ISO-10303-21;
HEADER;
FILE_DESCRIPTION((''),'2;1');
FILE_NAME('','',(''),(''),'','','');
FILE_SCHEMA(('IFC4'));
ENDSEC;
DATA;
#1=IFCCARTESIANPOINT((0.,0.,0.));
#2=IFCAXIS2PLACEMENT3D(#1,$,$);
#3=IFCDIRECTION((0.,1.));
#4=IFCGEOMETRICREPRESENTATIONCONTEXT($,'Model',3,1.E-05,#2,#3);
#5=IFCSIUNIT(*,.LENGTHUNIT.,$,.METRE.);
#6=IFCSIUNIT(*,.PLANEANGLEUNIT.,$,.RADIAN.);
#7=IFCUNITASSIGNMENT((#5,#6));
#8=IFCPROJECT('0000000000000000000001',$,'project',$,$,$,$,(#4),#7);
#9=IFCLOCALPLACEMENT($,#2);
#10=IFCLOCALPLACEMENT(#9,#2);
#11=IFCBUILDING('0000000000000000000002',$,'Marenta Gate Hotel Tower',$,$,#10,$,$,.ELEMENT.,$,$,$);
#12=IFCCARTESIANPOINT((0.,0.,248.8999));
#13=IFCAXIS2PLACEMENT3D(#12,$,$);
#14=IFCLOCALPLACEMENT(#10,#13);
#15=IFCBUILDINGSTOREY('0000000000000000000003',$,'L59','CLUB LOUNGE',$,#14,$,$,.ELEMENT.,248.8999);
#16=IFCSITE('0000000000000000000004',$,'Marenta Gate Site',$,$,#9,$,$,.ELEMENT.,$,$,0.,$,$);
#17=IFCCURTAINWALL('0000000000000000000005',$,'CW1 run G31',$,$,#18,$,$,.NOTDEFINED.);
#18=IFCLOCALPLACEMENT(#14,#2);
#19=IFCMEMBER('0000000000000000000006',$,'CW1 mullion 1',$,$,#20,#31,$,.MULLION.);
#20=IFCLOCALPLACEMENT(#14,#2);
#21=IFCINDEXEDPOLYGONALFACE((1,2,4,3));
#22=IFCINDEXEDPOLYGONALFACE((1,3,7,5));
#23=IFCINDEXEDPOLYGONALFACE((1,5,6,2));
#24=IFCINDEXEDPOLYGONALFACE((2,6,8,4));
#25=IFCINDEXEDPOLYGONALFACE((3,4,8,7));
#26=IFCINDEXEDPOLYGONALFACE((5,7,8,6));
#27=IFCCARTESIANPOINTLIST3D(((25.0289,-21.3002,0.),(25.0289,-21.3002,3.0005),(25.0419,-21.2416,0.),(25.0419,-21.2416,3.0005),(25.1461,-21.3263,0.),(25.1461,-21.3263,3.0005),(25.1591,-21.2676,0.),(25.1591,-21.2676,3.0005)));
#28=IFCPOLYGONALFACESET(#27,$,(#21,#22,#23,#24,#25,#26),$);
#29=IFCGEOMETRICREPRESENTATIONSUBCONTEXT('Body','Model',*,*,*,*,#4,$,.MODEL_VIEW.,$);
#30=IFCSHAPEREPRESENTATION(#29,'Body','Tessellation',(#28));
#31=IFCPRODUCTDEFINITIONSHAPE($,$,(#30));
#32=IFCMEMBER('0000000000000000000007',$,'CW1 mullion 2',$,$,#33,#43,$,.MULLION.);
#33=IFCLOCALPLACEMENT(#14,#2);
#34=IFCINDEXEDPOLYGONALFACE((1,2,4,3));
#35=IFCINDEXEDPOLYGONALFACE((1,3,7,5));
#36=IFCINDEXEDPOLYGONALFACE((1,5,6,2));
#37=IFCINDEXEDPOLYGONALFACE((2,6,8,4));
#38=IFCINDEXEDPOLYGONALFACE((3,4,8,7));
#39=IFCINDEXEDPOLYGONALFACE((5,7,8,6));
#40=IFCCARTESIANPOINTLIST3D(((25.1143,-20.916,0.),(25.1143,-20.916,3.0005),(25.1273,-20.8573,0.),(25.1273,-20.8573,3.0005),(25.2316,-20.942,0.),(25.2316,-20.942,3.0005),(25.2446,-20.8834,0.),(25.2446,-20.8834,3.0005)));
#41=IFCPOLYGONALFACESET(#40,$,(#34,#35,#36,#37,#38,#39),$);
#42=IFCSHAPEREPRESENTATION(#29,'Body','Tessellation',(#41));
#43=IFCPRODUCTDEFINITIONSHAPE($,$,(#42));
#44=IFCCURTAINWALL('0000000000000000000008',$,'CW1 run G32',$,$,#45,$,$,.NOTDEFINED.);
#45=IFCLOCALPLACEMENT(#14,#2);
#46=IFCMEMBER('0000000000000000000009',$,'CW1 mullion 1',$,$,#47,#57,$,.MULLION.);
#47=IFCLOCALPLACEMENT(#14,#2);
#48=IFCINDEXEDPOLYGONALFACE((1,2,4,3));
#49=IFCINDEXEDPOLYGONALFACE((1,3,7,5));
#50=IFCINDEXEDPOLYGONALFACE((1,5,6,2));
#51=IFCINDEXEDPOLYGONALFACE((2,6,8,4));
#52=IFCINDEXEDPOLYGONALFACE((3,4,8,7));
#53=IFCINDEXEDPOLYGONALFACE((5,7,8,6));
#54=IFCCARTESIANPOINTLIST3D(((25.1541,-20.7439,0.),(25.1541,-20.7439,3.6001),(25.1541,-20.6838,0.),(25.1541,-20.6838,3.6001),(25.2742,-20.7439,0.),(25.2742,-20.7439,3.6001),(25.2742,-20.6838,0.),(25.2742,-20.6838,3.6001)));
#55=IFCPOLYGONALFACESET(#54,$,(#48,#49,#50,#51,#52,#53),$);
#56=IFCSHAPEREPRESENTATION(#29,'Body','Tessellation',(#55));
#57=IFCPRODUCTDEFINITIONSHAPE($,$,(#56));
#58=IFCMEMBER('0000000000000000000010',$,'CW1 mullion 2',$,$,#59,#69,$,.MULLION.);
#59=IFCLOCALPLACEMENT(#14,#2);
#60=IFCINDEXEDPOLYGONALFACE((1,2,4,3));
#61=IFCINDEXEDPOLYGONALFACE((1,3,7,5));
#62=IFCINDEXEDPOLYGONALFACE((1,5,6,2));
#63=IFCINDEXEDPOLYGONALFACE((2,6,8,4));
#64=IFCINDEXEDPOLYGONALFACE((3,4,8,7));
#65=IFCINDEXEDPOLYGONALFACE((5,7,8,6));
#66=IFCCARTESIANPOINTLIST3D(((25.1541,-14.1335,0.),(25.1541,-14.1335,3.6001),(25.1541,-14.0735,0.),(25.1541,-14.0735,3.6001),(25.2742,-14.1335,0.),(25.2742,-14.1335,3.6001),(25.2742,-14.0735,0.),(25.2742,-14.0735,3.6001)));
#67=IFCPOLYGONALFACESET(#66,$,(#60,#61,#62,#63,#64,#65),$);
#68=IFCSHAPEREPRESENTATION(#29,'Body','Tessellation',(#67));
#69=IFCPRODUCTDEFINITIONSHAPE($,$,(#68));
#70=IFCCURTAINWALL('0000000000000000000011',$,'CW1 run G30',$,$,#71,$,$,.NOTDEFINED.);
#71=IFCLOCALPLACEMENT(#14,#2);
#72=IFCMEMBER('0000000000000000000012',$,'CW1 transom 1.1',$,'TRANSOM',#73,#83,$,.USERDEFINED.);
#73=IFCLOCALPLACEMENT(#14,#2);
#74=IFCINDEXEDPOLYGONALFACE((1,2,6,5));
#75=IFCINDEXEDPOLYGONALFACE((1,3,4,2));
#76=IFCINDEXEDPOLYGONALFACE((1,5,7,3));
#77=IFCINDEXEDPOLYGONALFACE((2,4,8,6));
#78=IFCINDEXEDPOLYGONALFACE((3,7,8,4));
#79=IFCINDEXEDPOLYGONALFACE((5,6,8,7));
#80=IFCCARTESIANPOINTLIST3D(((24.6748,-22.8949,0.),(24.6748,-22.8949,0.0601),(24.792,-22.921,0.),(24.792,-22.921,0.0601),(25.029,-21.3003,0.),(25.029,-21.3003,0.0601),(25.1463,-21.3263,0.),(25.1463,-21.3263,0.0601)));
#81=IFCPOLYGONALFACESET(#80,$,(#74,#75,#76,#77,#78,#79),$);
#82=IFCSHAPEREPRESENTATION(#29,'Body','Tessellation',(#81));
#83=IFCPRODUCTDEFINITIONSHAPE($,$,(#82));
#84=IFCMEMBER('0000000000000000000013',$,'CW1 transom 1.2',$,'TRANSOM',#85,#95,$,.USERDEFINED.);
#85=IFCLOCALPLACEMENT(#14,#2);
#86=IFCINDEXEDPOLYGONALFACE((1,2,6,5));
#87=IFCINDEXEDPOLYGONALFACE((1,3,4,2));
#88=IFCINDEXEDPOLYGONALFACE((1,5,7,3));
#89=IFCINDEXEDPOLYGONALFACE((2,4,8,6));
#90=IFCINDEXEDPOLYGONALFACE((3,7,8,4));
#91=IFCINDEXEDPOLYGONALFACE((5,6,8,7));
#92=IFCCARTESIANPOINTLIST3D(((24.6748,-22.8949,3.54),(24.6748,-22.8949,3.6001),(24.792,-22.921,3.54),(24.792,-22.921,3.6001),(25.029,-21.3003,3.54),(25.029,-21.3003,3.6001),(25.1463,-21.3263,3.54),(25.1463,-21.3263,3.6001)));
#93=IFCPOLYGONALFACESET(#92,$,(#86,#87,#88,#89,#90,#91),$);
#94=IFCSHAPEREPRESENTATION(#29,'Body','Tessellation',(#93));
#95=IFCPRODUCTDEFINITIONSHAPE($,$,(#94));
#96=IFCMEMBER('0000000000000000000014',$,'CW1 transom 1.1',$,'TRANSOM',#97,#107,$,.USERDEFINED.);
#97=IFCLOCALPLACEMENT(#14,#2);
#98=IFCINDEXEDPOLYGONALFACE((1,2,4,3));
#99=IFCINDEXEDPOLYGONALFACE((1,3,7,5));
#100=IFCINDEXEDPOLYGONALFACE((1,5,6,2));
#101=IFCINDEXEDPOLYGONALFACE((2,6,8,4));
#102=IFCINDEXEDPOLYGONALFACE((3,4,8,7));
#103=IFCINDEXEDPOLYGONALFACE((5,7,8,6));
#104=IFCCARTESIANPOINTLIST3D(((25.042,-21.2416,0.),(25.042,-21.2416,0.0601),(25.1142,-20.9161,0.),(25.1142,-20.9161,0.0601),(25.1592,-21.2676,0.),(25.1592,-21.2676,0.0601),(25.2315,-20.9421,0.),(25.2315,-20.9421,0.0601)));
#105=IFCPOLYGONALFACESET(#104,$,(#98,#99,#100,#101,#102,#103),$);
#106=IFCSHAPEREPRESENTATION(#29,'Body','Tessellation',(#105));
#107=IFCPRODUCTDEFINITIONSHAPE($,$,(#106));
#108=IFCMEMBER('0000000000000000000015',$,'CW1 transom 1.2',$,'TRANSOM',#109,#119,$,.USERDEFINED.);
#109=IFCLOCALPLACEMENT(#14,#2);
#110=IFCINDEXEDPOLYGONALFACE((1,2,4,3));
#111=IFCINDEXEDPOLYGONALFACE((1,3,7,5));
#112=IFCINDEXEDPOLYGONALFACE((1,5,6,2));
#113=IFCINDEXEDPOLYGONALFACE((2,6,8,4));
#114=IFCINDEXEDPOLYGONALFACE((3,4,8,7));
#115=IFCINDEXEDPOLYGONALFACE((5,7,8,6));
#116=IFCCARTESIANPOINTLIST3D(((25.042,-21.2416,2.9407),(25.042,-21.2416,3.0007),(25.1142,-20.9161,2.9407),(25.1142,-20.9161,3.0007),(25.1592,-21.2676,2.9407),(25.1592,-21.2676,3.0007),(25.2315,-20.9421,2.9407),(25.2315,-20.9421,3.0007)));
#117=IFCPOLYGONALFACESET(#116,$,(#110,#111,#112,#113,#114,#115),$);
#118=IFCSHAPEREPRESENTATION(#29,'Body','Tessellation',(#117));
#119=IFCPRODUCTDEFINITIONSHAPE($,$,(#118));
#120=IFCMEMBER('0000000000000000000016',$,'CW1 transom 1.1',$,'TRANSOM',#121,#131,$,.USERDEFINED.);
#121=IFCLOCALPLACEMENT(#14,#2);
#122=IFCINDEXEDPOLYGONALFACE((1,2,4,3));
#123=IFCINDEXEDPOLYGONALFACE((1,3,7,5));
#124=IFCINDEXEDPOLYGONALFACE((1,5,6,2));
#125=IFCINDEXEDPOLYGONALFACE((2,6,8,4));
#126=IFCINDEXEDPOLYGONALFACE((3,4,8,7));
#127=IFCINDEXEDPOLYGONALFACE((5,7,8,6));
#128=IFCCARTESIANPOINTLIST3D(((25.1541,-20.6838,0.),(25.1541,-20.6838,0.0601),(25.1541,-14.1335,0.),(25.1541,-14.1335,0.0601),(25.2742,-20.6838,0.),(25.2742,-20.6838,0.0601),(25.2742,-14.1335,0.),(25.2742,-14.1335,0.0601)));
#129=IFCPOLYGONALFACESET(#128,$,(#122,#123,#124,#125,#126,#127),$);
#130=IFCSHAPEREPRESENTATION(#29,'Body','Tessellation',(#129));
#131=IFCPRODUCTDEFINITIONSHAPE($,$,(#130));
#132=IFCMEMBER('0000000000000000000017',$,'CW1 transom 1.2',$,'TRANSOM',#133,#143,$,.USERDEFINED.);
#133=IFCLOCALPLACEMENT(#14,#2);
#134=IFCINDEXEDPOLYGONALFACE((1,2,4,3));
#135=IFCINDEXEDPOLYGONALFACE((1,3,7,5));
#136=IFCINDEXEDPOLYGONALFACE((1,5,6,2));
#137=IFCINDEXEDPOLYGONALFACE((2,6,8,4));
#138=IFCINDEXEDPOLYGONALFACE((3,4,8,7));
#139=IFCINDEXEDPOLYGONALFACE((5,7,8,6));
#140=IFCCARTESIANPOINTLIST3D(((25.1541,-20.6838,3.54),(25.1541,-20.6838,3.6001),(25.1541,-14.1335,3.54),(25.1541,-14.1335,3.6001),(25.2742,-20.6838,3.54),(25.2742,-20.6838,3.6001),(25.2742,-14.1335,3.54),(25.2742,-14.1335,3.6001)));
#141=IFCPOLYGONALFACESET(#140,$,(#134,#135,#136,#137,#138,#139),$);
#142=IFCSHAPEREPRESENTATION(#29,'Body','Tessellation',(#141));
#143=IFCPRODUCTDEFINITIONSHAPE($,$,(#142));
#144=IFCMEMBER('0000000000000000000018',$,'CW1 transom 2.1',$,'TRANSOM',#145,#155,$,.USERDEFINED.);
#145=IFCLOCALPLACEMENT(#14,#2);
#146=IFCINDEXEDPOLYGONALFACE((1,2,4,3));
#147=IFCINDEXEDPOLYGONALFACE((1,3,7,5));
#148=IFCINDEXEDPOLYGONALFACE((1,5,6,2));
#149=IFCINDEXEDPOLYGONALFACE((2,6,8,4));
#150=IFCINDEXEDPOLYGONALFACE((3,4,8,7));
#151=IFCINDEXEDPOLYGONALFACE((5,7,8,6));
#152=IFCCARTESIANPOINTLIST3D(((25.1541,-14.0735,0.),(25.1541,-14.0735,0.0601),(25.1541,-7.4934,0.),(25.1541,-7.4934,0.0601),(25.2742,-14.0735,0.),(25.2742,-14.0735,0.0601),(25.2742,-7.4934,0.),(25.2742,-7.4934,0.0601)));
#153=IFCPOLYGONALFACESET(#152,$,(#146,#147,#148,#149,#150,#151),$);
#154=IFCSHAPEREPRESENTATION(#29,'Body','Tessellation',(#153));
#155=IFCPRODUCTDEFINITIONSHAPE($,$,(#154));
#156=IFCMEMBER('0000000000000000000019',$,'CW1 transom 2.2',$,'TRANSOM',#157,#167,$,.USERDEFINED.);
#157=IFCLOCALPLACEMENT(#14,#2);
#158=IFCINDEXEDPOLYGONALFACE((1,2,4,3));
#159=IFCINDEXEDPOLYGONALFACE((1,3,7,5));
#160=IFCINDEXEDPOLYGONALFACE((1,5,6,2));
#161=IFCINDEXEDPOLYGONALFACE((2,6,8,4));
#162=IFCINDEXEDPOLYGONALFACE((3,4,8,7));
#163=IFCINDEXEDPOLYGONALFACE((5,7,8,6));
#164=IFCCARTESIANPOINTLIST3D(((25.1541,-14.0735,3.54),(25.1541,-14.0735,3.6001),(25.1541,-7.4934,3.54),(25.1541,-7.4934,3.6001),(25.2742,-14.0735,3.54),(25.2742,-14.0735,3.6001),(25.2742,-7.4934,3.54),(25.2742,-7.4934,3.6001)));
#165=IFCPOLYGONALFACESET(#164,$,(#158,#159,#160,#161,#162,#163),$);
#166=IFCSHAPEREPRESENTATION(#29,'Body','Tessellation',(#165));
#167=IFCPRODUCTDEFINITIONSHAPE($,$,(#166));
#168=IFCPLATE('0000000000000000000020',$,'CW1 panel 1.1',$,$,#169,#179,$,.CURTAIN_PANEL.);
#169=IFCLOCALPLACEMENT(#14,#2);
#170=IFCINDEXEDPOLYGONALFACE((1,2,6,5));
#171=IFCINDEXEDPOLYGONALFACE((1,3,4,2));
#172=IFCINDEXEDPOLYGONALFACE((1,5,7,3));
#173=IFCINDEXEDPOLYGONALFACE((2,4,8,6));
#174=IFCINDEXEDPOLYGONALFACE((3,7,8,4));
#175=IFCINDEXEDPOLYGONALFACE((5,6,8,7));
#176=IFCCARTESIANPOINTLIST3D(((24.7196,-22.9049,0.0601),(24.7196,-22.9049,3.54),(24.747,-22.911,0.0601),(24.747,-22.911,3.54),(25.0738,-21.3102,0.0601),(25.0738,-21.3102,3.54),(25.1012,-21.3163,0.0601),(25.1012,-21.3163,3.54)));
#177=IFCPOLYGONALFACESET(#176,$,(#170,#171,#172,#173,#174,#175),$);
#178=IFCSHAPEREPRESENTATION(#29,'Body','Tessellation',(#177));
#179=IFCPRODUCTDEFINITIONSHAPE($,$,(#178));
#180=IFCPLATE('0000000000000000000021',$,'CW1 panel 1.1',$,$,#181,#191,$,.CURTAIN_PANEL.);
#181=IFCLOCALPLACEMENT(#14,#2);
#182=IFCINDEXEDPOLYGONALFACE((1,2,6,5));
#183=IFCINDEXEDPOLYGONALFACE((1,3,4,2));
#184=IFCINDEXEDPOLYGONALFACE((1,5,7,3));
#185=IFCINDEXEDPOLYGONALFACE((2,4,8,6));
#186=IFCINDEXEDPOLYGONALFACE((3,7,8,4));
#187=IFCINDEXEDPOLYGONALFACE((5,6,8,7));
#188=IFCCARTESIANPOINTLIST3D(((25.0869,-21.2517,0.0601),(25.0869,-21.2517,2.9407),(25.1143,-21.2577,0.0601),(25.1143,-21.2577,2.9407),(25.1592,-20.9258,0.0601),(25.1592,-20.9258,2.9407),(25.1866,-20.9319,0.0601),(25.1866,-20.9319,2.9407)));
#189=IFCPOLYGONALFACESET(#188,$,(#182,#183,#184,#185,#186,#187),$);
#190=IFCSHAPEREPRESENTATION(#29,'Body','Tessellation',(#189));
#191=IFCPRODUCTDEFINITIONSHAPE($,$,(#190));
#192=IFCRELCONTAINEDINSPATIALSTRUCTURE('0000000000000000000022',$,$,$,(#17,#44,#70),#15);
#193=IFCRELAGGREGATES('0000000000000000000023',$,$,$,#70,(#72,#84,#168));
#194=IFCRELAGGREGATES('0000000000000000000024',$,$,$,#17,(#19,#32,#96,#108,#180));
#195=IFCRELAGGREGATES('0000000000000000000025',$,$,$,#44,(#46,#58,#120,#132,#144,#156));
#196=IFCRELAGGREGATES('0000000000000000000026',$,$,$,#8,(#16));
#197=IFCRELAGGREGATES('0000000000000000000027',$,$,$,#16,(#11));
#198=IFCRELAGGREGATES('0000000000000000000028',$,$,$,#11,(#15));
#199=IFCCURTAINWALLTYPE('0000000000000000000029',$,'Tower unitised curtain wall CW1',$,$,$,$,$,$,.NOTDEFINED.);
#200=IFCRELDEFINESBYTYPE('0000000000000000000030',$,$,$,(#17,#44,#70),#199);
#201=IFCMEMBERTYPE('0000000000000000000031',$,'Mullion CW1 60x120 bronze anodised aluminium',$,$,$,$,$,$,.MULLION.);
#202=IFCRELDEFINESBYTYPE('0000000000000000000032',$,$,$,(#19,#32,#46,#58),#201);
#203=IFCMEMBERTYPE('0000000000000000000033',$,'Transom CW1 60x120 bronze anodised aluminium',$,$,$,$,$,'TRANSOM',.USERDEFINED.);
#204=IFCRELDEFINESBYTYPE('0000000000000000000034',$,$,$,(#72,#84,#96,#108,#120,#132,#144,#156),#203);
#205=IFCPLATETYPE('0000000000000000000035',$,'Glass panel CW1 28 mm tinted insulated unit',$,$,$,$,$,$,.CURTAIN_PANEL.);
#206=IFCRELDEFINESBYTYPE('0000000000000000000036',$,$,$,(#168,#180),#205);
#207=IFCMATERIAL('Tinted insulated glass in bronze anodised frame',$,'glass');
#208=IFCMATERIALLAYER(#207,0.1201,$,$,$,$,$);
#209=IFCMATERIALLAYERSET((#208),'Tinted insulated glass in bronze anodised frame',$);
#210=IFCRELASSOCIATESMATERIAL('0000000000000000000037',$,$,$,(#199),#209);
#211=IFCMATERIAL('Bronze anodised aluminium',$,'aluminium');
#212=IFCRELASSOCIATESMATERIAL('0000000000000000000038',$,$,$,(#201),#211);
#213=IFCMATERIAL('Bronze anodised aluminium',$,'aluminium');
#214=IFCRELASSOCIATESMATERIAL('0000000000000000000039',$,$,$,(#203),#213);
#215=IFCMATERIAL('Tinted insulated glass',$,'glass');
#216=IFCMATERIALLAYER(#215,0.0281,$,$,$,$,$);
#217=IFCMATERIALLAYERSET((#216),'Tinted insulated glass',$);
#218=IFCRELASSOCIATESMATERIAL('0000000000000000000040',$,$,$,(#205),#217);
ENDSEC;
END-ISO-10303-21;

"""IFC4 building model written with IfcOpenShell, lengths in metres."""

from ifc_helpers import new_model, si_unit, direction, frame, origin, origin_2d, place, context, subcontext, project, spatial, rectangle, extrude, material, layer, layer_set, material_profile, profile_set, type_object, element, aggregate, save


model = new_model("IFC4")

# Units and contexts
model_context = context("Model", 3, precision=1e-05, world=origin(), true_north=direction((0.0, 1.0)))
body_context = subcontext(model_context, "Body", "Model", "MODEL_VIEW")
ifc_project = project(units=[si_unit("LENGTHUNIT", "METRE"), si_unit("PLANEANGLEUNIT", "RADIAN")], contexts=[model_context])

# Site, building, storey
site_placement = place(None, origin())
site = spatial("IfcSite", under=ifc_project, at=site_placement, Name="Marenta Gate Site", CompositionType="ELEMENT", RefElevation=0.0)
building_placement = place(site_placement, origin())
building = spatial("IfcBuilding", under=site, at=building_placement, Name="Marenta Gate Hotel Tower", CompositionType="ELEMENT")
storey_placement = place(building_placement, frame((0.0, 0.0, 248.8999)))
storey = spatial("IfcBuildingStorey", under=building, at=storey_placement, Name="L59", Description="CLUB LOUNGE", CompositionType="ELEMENT", Elevation=248.8999)

# Curtain walls, members
ifc_material_1 = material(Name="Tinted insulated glass in bronze anodised frame", Category="glass")
ifc_layer_1 = layer(ifc_material_1, 0.1201)
ifc_layer_set_1 = layer_set([ifc_layer_1], Name="Tinted insulated glass in bronze anodised frame")
curtain_wall_type = type_object("IfcCurtainWallType", Name="Tower unitised curtain wall CW1", PredefinedType="NOTDEFINED", material=ifc_layer_set_1)
curtain_wall_1_placement = place(storey_placement, origin())
curtain_wall_1 = element("IfcCurtainWall", 1, at=curtain_wall_1_placement, inside=storey, type_object=curtain_wall_type, Name="CW1 run G31", PredefinedType="NOTDEFINED")
ifc_material_2 = material(Name="Bronze anodised aluminium", Category="aluminium")
ifc_material_profile_1 = material_profile(ifc_material_2, rectangle(XDim=0.1201, YDim=0.0601, at=origin_2d()), Name="Mullion CW1 60x120 bronze anodised aluminium")
ifc_profile_set_1 = profile_set([ifc_material_profile_1], Name="Bronze anodised aluminium")
member_type_1 = type_object("IfcMemberType", Name="Mullion CW1 60x120 bronze anodised aluminium", PredefinedType="MULLION", material=ifc_profile_set_1)
member_1_placement = place(storey_placement, frame((25.094, -21.2839, 0.0), z_axis=(0.0, 0.0, 1.0), x_axis=(-0.976244, 0.216674, 0.0)))
member_1 = element("IfcMember", 2, at=member_1_placement, type_object=member_type_1, Name="CW1 mullion 1", PredefinedType="MULLION", context=body_context, shape_type="SweptSolid", body=[
    extrude(rectangle(XDim=0.1201, YDim=0.0601, at=origin_2d()), origin(), (0.0, 0.0, 1.0), 3.0005),
])
member_2_placement = place(storey_placement, frame((25.1794, -20.8997, 0.0), z_axis=(0.0, 0.0, 1.0), x_axis=(-0.976244, 0.216674, 0.0)))
member_2 = element("IfcMember", 3, at=member_2_placement, type_object=member_type_1, Name="CW1 mullion 2", PredefinedType="MULLION", context=body_context, shape_type="SweptSolid", body=[
    extrude(rectangle(XDim=0.1201, YDim=0.0601, at=origin_2d()), origin(), (0.0, 0.0, 1.0), 3.0005),
])
curtain_wall_2_placement = place(storey_placement, origin())
curtain_wall_2 = element("IfcCurtainWall", 4, at=curtain_wall_2_placement, inside=storey, type_object=curtain_wall_type, Name="CW1 run G32", PredefinedType="NOTDEFINED")
member_3_placement = place(storey_placement, frame((25.2141, -20.7139, 0.0), z_axis=(0.0, 0.0, 1.0), x_axis=(-1.0, 0.0, 0.0)))
member_3 = element("IfcMember", 5, at=member_3_placement, type_object=member_type_1, Name="CW1 mullion 1", PredefinedType="MULLION", context=body_context, shape_type="SweptSolid", body=[
    extrude(rectangle(XDim=0.1201, YDim=0.0601, at=origin_2d()), origin(), (0.0, 0.0, 1.0), 3.6001),
])
member_4_placement = place(storey_placement, frame((25.2141, -14.1035, 0.0), z_axis=(0.0, 0.0, 1.0), x_axis=(-1.0, 0.0, 0.0)))
member_4 = element("IfcMember", 6, at=member_4_placement, type_object=member_type_1, Name="CW1 mullion 2", PredefinedType="MULLION", context=body_context, shape_type="SweptSolid", body=[
    extrude(rectangle(XDim=0.1201, YDim=0.0601, at=origin_2d()), origin(), (0.0, 0.0, 1.0), 3.6001),
])
curtain_wall_3_placement = place(storey_placement, origin())
curtain_wall_3 = element("IfcCurtainWall", 7, at=curtain_wall_3_placement, inside=storey, type_object=curtain_wall_type, Name="CW1 run G30", PredefinedType="NOTDEFINED")
ifc_material_3 = material(Name="Bronze anodised aluminium", Category="aluminium")
ifc_material_profile_2 = material_profile(ifc_material_3, rectangle(XDim=0.1201, YDim=0.0601, at=origin_2d()), Name="Transom CW1 60x120 bronze anodised aluminium")
ifc_profile_set_2 = profile_set([ifc_material_profile_2], Name="Bronze anodised aluminium")
member_type_2 = type_object("IfcMemberType", Name="Transom CW1 60x120 bronze anodised aluminium", ElementType="TRANSOM", PredefinedType="USERDEFINED", material=ifc_profile_set_2)
member_5_placement = place(storey_placement, frame((24.7334, -22.908, 0.03), z_axis=(0.216851, 0.976205, 0.0), x_axis=(-0.976205, 0.216851, 0.0)))
member_5 = element("IfcMember", 8, at=member_5_placement, type_object=member_type_2, Name="CW1 transom 1.1", ObjectType="TRANSOM", PredefinedType="USERDEFINED", context=body_context, shape_type="SweptSolid", body=[
    extrude(rectangle(XDim=0.1201, YDim=0.0601, at=origin_2d()), origin(), (0.0, 0.0, 1.0), 1.6335),
])
member_6_placement = place(storey_placement, frame((24.7334, -22.908, 3.5701), z_axis=(0.216851, 0.976205, 0.0), x_axis=(-0.976205, 0.216851, 0.0)))
member_6 = element("IfcMember", 9, at=member_6_placement, type_object=member_type_2, Name="CW1 transom 1.2", ObjectType="TRANSOM", PredefinedType="USERDEFINED", context=body_context, shape_type="SweptSolid", body=[
    extrude(rectangle(XDim=0.1201, YDim=0.0601, at=origin_2d()), origin(), (0.0, 0.0, 1.0), 1.6335),
])

# Members
member_7_placement = place(storey_placement, frame((25.1006, -21.2546, 0.03), z_axis=(0.21662, 0.976256, 0.0), x_axis=(-0.976256, 0.21662, 0.0)))
member_7 = element("IfcMember", 10, at=member_7_placement, type_object=member_type_2, Name="CW1 transom 1.1", ObjectType="TRANSOM", PredefinedType="USERDEFINED", context=body_context, shape_type="SweptSolid", body=[
    extrude(rectangle(XDim=0.1201, YDim=0.0601, at=origin_2d()), origin(), (0.0, 0.0, 1.0), 0.3335),
])
member_8_placement = place(storey_placement, frame((25.1006, -21.2546, 2.9707), z_axis=(0.21662, 0.976256, 0.0), x_axis=(-0.976256, 0.21662, 0.0)))
member_8 = element("IfcMember", 11, at=member_8_placement, type_object=member_type_2, Name="CW1 transom 1.2", ObjectType="TRANSOM", PredefinedType="USERDEFINED", context=body_context, shape_type="SweptSolid", body=[
    extrude(rectangle(XDim=0.1201, YDim=0.0601, at=origin_2d()), origin(), (0.0, 0.0, 1.0), 0.3335),
])
member_9_placement = place(storey_placement, frame((25.2141, -20.6838, 0.03), z_axis=(0.0, 1.0, 0.0), x_axis=(-1.0, 0.0, 0.0)))
member_9 = element("IfcMember", 12, at=member_9_placement, type_object=member_type_2, Name="CW1 transom 1.1", ObjectType="TRANSOM", PredefinedType="USERDEFINED", context=body_context, shape_type="SweptSolid", body=[
    extrude(rectangle(XDim=0.1201, YDim=0.0601, at=origin_2d()), origin(), (0.0, 0.0, 1.0), 6.5503),
])
member_10_placement = place(storey_placement, frame((25.2141, -20.6838, 3.5701), z_axis=(0.0, 1.0, 0.0), x_axis=(-1.0, 0.0, 0.0)))
member_10 = element("IfcMember", 13, at=member_10_placement, type_object=member_type_2, Name="CW1 transom 1.2", ObjectType="TRANSOM", PredefinedType="USERDEFINED", context=body_context, shape_type="SweptSolid", body=[
    extrude(rectangle(XDim=0.1201, YDim=0.0601, at=origin_2d()), origin(), (0.0, 0.0, 1.0), 6.5503),
])
member_11_placement = place(storey_placement, frame((25.2141, -14.0735, 0.03), z_axis=(0.0, 1.0, 0.0), x_axis=(-1.0, 0.0, 0.0)))
member_11 = element("IfcMember", 14, at=member_11_placement, type_object=member_type_2, Name="CW1 transom 2.1", ObjectType="TRANSOM", PredefinedType="USERDEFINED", context=body_context, shape_type="SweptSolid", body=[
    extrude(rectangle(XDim=0.1201, YDim=0.0601, at=origin_2d()), origin(), (0.0, 0.0, 1.0), 6.5801),
])
member_12_placement = place(storey_placement, frame((25.2141, -14.0735, 3.5701), z_axis=(0.0, 1.0, 0.0), x_axis=(-1.0, 0.0, 0.0)))
member_12 = element("IfcMember", 15, at=member_12_placement, type_object=member_type_2, Name="CW1 transom 2.2", ObjectType="TRANSOM", PredefinedType="USERDEFINED", context=body_context, shape_type="SweptSolid", body=[
    extrude(rectangle(XDim=0.1201, YDim=0.0601, at=origin_2d()), origin(), (0.0, 0.0, 1.0), 6.5801),
])

# Plates
ifc_material_4 = material(Name="Tinted insulated glass", Category="glass")
ifc_layer_2 = layer(ifc_material_4, 0.0281)
ifc_layer_set_2 = layer_set([ifc_layer_2], Name="Tinted insulated glass")
plate_type = type_object("IfcPlateType", Name="Glass panel CW1 28 mm tinted insulated unit", PredefinedType="CURTAIN_PANEL", material=ifc_layer_set_2)
plate_1_placement = place(storey_placement, frame((24.9104, -22.1106, 0.0601), z_axis=(0.0, 0.0, 1.0), x_axis=(0.216874, 0.9762, 0.0)))
plate_1 = element("IfcPlate", 16, at=plate_1_placement, type_object=plate_type, Name="CW1 panel 1.1", PredefinedType="CURTAIN_PANEL", context=body_context, shape_type="SweptSolid", body=[
    extrude(rectangle(XDim=1.6335, YDim=0.0281, at=origin_2d()), origin(), (0.0, 0.0, 1.0), 3.48),
])
aggregate(curtain_wall_3, [member_5, member_6, plate_1])
plate_2_placement = place(storey_placement, frame((25.1367, -21.0918, 0.0601), z_axis=(0.0, 0.0, 1.0), x_axis=(0.216674, 0.976244, 0.0)))
plate_2 = element("IfcPlate", 17, at=plate_2_placement, type_object=plate_type, Name="CW1 panel 1.1", PredefinedType="CURTAIN_PANEL", context=body_context, shape_type="SweptSolid", body=[
    extrude(rectangle(XDim=0.3337, YDim=0.0281, at=origin_2d()), origin(), (0.0, 0.0, 1.0), 2.8806),
])
aggregate(curtain_wall_1, [member_1, member_2, member_7, member_8, plate_2])
aggregate(curtain_wall_2, [member_3, member_4, member_9, member_10, member_11, member_12])

save(model, "model.ifc")
